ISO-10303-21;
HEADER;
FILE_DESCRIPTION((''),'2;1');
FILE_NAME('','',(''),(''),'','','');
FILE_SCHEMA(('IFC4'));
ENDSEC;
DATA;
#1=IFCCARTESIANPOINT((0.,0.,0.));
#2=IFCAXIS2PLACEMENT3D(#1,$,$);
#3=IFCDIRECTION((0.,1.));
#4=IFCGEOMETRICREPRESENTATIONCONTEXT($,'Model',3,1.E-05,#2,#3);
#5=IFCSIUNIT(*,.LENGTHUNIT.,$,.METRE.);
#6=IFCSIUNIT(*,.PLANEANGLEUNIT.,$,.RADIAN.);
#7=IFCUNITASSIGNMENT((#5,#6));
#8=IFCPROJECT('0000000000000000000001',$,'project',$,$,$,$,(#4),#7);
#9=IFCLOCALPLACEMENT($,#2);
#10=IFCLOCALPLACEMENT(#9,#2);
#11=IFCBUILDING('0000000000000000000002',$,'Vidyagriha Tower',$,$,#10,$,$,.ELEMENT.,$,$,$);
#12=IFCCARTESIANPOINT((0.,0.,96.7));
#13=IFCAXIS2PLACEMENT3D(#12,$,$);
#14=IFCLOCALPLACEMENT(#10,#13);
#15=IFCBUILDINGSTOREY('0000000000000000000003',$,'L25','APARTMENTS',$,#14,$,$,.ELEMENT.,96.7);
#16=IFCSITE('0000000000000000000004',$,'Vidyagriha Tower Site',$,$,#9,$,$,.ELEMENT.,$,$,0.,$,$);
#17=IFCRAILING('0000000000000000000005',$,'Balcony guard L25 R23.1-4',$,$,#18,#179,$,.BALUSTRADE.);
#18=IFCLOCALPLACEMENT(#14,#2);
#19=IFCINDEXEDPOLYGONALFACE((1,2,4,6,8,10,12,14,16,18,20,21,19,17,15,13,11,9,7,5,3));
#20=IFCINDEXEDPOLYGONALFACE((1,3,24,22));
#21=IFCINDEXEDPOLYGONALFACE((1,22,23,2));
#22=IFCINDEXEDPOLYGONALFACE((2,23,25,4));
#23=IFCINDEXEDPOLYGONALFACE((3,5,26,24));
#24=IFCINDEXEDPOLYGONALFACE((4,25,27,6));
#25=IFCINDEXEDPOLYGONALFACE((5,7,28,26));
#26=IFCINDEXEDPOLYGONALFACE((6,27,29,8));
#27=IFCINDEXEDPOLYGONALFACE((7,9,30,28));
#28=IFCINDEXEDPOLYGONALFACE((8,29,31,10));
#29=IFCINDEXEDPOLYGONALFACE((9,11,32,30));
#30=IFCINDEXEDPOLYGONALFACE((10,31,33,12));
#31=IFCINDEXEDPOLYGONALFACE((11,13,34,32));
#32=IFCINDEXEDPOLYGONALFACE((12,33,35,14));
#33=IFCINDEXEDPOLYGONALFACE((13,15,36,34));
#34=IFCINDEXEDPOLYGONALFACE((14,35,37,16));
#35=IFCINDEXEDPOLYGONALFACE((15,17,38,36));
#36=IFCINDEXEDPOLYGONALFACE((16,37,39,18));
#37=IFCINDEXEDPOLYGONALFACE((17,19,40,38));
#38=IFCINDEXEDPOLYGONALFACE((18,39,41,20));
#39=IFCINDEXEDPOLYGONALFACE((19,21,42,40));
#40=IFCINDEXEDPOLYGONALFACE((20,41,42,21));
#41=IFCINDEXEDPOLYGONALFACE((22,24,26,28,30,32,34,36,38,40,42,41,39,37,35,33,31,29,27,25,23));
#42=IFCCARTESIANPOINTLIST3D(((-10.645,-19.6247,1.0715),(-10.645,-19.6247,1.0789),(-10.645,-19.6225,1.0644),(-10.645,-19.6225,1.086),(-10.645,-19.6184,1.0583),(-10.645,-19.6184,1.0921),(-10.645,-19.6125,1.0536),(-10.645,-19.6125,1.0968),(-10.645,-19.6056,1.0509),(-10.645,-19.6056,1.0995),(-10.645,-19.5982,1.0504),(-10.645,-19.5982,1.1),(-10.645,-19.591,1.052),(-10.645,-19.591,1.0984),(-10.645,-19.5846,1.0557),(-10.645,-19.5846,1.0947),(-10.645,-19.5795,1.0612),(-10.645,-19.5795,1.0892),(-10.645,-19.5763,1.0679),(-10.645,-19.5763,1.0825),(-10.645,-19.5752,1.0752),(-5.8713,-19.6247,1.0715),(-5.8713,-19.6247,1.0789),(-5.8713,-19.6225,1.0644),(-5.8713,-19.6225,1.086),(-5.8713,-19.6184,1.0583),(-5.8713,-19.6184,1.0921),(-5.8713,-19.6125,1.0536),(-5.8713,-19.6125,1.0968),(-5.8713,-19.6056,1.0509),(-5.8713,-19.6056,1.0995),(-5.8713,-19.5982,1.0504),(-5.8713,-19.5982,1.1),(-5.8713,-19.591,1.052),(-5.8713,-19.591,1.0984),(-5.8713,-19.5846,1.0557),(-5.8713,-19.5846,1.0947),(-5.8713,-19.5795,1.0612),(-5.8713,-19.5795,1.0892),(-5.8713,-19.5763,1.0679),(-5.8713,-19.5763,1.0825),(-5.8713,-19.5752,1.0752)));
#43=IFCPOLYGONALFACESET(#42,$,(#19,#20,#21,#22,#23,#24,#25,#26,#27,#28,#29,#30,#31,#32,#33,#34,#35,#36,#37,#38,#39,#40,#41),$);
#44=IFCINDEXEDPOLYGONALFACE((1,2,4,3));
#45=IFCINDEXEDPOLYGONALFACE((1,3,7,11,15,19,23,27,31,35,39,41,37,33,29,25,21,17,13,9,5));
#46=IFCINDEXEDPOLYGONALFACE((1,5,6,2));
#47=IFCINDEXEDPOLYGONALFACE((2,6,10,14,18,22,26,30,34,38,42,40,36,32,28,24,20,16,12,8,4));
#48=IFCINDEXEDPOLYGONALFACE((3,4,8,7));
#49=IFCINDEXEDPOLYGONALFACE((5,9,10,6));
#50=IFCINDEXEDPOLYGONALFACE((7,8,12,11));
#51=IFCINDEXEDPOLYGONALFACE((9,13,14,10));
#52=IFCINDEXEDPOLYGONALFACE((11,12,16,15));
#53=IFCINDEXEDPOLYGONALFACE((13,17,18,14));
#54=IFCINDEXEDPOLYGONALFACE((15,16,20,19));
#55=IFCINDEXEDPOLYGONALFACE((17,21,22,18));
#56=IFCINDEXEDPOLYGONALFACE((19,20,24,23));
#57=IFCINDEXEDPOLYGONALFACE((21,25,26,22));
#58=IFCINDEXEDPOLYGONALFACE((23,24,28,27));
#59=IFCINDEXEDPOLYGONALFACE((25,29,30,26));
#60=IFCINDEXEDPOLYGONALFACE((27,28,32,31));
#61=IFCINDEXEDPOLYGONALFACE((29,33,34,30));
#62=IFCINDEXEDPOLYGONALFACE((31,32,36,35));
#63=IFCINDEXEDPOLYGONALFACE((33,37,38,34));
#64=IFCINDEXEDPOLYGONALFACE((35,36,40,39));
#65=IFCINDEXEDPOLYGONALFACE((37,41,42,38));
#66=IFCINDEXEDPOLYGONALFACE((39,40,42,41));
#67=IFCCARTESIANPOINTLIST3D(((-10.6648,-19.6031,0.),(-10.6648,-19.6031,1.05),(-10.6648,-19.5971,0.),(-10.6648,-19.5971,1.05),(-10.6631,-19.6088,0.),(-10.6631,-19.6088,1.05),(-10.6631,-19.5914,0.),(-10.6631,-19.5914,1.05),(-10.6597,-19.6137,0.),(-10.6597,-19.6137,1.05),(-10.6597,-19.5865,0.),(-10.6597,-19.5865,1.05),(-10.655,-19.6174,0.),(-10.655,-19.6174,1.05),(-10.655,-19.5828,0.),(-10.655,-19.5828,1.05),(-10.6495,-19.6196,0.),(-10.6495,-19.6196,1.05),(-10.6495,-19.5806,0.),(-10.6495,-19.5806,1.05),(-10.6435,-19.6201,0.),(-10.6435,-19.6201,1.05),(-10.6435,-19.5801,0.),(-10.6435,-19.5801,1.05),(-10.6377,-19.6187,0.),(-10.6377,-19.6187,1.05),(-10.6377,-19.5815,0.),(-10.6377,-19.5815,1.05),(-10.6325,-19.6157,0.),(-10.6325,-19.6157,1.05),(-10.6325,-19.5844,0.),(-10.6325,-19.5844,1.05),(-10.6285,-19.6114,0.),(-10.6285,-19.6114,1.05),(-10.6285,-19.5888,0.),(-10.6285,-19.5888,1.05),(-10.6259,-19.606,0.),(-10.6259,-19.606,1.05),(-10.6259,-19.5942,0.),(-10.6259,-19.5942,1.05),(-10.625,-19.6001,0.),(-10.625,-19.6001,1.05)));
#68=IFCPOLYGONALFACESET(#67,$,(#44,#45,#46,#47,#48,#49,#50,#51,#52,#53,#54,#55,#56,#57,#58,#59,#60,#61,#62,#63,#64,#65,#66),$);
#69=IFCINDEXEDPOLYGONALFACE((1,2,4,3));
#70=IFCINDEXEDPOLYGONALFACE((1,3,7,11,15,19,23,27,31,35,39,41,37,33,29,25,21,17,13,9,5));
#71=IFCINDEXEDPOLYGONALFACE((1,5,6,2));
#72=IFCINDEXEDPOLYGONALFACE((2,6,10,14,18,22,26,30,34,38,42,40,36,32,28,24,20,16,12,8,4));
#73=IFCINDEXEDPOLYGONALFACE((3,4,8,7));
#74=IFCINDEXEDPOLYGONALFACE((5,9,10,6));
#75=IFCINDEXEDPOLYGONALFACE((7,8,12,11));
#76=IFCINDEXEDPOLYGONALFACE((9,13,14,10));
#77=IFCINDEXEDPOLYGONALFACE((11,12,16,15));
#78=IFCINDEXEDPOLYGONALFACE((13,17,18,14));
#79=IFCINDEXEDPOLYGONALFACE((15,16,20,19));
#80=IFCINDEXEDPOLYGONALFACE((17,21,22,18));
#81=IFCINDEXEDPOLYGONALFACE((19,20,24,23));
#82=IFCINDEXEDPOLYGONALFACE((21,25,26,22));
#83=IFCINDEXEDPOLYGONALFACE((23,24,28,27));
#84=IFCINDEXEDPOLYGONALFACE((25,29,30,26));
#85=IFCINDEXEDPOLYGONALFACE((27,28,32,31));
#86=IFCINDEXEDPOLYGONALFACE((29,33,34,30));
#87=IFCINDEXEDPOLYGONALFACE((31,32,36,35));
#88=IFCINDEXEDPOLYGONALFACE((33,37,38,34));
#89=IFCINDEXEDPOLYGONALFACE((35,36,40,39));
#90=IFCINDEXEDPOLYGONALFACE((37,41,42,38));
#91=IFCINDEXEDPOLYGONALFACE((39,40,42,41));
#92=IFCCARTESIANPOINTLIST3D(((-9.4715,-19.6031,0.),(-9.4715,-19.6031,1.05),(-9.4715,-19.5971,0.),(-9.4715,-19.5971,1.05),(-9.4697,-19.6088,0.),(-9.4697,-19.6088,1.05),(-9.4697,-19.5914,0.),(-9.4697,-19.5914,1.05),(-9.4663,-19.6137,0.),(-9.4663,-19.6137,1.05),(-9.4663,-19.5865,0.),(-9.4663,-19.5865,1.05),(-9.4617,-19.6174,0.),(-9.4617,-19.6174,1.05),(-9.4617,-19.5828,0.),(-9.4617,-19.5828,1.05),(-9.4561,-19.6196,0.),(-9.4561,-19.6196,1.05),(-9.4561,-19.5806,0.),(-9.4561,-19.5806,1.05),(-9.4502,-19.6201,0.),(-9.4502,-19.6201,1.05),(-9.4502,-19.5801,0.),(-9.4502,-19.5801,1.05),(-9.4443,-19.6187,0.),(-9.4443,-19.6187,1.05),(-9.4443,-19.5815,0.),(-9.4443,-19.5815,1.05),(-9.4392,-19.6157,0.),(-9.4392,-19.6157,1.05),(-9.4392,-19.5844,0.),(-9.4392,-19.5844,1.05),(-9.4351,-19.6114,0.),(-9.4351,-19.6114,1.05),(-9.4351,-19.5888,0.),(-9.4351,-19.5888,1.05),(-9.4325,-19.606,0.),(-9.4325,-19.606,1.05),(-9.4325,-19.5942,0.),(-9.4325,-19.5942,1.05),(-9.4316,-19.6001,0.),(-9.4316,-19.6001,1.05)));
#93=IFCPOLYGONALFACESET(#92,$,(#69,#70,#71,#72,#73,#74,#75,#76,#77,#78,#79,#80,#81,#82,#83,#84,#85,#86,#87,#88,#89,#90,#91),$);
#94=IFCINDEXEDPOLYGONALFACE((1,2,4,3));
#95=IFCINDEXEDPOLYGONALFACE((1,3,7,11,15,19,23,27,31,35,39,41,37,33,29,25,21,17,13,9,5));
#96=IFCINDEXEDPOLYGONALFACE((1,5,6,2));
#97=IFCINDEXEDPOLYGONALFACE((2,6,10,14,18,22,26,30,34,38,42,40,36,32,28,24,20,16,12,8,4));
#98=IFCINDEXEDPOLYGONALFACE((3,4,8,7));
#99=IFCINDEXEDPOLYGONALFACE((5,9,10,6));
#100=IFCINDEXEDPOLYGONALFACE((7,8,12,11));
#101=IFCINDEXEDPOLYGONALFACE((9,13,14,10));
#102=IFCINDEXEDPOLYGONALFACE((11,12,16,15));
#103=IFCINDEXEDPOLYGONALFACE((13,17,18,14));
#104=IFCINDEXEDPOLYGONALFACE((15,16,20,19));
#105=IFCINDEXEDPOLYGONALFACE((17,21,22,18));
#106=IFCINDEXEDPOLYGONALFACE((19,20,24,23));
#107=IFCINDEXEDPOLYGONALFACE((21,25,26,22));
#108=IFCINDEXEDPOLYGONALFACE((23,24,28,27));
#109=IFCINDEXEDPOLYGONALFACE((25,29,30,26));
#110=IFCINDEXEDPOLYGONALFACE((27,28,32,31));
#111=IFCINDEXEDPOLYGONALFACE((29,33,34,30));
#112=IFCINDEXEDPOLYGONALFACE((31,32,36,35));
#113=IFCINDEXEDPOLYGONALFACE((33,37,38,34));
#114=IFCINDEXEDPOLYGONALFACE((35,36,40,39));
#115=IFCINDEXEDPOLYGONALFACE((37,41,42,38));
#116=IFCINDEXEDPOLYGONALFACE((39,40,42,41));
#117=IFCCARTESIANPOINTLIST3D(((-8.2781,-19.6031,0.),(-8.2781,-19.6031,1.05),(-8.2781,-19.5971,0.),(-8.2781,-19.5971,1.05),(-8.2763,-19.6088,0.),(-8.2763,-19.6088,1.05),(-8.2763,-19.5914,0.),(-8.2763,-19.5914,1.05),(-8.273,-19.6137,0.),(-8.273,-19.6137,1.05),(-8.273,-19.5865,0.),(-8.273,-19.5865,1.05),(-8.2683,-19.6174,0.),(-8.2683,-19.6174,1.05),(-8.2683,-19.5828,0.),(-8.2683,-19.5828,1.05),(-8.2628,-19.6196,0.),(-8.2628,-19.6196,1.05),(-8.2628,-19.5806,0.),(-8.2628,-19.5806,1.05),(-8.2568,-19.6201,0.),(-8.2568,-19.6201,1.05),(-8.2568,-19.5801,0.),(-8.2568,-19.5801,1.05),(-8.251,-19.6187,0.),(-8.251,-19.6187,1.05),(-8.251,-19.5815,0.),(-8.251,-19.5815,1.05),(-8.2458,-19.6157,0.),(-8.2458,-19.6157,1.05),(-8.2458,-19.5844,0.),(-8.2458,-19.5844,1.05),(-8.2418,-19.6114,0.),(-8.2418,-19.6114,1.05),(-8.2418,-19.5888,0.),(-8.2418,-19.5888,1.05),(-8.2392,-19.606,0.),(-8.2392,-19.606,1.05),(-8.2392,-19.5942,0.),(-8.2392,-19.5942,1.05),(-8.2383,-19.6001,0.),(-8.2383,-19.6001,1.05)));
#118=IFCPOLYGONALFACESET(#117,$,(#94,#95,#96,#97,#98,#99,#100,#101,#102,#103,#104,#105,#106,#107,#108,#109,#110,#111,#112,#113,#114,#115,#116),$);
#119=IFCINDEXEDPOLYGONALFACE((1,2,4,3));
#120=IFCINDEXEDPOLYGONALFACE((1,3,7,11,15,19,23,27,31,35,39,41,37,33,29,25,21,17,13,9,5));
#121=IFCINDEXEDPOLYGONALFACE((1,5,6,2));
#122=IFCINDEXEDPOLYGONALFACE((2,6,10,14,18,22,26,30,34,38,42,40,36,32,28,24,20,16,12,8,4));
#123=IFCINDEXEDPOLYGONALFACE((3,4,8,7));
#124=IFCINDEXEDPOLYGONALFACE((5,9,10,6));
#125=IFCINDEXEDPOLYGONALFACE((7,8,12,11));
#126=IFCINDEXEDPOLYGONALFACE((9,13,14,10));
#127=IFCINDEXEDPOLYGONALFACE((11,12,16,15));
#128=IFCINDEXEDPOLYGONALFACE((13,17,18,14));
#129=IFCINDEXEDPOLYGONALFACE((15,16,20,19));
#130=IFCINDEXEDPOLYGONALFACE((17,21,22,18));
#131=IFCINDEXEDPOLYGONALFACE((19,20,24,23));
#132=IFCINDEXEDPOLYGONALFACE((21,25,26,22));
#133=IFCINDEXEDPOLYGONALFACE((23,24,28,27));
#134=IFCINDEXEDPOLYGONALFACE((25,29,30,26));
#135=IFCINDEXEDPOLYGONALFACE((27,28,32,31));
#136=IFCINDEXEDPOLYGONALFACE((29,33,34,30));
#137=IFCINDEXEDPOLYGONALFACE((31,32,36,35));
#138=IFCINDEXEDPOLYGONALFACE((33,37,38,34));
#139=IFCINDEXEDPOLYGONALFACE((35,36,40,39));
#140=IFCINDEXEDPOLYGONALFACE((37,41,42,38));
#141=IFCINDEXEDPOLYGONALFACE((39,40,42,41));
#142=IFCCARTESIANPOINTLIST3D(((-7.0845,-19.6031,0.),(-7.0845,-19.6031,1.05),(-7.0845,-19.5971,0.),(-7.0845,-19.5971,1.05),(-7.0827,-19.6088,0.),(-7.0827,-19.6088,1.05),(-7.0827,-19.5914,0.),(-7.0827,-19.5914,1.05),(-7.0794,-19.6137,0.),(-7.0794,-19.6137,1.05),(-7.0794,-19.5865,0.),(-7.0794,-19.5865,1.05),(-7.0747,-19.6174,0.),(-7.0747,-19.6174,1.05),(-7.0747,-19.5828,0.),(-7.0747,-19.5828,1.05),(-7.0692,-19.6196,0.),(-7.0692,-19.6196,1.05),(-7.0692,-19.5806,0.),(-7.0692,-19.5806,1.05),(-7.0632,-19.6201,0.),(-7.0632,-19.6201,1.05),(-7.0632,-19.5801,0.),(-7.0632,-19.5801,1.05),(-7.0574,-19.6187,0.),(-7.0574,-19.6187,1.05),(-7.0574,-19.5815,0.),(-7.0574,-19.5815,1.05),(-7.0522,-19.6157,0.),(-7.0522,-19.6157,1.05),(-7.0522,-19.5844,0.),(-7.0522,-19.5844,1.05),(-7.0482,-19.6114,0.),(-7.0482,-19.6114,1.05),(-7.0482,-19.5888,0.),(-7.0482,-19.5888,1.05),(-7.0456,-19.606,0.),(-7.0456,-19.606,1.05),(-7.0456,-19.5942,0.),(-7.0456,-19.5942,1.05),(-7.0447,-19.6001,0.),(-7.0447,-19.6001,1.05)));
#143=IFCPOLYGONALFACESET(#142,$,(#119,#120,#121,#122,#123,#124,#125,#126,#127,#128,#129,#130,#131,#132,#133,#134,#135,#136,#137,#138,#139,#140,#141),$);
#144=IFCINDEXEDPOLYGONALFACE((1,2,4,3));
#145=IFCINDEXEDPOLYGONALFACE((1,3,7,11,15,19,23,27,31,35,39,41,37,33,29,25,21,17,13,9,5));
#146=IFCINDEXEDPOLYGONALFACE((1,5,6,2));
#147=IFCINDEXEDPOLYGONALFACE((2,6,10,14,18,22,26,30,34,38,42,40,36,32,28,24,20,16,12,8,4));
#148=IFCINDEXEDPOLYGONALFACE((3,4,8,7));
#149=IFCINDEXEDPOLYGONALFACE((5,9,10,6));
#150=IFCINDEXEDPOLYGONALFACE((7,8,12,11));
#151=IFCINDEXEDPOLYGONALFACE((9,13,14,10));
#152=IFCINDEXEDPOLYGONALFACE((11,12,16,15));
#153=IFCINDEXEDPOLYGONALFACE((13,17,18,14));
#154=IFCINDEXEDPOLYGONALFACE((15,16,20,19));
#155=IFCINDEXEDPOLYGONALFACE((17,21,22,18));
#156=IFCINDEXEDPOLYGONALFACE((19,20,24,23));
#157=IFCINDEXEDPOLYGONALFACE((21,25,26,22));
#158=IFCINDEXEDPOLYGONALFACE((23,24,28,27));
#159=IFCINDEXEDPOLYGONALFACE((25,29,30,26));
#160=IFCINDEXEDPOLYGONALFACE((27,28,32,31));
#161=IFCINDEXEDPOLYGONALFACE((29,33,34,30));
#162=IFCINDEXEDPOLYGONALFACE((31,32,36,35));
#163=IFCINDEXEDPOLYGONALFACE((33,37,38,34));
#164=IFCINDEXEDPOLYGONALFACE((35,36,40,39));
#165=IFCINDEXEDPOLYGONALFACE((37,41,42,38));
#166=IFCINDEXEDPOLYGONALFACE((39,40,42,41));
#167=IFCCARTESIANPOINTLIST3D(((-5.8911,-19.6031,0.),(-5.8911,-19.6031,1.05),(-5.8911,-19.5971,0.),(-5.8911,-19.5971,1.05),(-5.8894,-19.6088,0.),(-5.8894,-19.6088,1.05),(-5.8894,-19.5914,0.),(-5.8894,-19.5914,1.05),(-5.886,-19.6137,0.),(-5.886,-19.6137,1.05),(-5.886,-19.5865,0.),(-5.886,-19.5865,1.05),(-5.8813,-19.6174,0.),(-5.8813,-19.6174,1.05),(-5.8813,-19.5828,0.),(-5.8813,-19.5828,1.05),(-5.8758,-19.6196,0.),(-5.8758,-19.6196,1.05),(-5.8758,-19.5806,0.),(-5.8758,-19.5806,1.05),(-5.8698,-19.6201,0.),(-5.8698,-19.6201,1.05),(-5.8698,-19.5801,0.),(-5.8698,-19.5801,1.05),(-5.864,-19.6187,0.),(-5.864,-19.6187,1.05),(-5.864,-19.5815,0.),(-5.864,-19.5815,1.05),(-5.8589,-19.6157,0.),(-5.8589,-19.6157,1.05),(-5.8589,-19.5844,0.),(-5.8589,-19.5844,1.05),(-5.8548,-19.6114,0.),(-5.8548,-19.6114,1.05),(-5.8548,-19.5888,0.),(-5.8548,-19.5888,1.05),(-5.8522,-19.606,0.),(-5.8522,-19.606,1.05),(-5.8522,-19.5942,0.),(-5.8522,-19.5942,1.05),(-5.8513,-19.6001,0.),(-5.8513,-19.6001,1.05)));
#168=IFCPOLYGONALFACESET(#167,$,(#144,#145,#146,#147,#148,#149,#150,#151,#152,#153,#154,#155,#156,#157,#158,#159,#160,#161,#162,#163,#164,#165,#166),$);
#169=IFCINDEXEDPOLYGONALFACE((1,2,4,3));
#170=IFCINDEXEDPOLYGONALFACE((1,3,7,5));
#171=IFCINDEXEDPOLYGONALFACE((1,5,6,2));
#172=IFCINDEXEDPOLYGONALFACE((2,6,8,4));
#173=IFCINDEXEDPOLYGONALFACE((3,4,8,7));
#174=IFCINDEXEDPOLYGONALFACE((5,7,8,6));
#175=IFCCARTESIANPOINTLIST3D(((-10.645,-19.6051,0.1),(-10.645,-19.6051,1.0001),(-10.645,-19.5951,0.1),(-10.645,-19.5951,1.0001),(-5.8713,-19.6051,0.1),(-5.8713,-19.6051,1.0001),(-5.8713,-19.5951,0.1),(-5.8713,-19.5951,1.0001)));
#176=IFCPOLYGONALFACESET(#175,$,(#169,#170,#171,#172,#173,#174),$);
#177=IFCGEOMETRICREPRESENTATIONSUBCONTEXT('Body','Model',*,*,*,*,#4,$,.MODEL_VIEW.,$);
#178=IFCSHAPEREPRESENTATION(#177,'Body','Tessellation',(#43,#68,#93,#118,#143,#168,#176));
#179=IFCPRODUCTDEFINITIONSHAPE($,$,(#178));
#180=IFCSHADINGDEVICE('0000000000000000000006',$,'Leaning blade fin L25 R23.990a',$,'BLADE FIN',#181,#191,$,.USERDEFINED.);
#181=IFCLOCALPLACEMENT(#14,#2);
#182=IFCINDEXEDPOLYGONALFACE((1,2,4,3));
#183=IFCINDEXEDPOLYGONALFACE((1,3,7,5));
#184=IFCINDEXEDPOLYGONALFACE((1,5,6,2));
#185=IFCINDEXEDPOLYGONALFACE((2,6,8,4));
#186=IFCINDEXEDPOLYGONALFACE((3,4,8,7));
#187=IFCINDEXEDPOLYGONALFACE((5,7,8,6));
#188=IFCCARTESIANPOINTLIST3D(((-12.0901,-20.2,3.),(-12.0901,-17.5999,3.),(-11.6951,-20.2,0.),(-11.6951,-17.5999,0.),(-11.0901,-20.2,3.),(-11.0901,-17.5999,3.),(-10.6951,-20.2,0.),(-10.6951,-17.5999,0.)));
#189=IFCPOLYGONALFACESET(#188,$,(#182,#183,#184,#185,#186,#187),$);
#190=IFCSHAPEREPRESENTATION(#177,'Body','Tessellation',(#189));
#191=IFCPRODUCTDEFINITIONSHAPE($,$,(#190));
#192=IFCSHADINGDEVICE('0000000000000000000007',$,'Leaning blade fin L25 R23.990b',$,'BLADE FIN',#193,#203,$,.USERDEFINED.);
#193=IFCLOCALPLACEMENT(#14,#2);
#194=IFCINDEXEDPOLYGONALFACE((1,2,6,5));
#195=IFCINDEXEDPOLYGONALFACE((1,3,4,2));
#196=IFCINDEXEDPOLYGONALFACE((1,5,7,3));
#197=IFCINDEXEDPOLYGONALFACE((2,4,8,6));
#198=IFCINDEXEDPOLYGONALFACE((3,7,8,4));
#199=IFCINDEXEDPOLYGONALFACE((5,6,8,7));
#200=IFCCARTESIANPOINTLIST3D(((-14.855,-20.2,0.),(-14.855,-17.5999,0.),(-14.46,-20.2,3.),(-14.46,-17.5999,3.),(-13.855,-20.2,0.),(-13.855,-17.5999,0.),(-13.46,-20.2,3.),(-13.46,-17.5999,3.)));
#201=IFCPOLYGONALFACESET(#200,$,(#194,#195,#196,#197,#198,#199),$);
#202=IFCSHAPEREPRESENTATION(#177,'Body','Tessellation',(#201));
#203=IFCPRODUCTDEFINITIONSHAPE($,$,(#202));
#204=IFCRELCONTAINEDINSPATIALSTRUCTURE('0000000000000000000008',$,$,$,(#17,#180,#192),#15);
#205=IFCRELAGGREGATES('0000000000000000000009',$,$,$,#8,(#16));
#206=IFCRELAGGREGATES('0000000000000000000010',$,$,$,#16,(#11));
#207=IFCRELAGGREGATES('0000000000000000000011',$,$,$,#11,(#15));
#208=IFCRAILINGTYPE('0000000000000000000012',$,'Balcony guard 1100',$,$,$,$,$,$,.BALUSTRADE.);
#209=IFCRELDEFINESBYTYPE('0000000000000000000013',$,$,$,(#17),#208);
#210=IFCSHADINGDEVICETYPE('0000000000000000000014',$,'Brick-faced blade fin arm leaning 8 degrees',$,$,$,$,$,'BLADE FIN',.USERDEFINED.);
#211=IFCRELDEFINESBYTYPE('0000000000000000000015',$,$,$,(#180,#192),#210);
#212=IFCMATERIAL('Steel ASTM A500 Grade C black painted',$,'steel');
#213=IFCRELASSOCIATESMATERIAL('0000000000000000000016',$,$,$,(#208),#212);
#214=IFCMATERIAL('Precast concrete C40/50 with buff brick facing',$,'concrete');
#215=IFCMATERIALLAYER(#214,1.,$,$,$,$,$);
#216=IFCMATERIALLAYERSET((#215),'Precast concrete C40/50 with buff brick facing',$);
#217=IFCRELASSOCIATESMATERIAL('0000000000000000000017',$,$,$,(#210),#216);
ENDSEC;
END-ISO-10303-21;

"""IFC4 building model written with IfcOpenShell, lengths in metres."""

from ifc_helpers import new_model, si_unit, direction, frame, origin, origin_2d, place, context, subcontext, project, spatial, polyline, rectangle, circle, outline, extrude, material, layer, layer_set, type_object, element, save


model = new_model("IFC4")

# Units and contexts
model_context = context("Model", 3, precision=1e-05, world=origin(), true_north=direction((0.0, 1.0)))
body_context = subcontext(model_context, "Body", "Model", "MODEL_VIEW")
ifc_project = project(units=[si_unit("LENGTHUNIT", "METRE"), si_unit("PLANEANGLEUNIT", "RADIAN")], contexts=[model_context])

# Site, building, storey
site_placement = place(None, origin())
site = spatial("IfcSite", under=ifc_project, at=site_placement, Name="Vidyagriha Tower Site", CompositionType="ELEMENT", RefElevation=0.0)
building_placement = place(site_placement, origin())
building = spatial("IfcBuilding", under=site, at=building_placement, Name="Vidyagriha Tower", CompositionType="ELEMENT")
storey_placement = place(building_placement, frame((0.0, 0.0, 96.7)))
storey = spatial("IfcBuildingStorey", under=building, at=storey_placement, Name="L25", Description="APARTMENTS", CompositionType="ELEMENT", Elevation=96.7)

# Railing
ifc_material_1 = material(Name="Steel ASTM A500 Grade C black painted", Category="steel")
railing_type = type_object("IfcRailingType", Name="Balcony guard 1100", PredefinedType="BALUSTRADE", material=ifc_material_1)
railing_1_placement = place(storey_placement, frame((-10.645, -19.6001, 0.0)))
element("IfcRailing", 1, at=railing_1_placement, inside=storey, type_object=railing_type, Name="Balcony guard L25 R23.1-4", PredefinedType="BALUSTRADE", context=body_context, shape_type="SweptSolid", body=[
    extrude(circle(Radius=0.0249, at=origin_2d()), frame((0.0, 0.0, 1.0752), z_axis=(1.0, 0.0, 0.0), x_axis=(0.0, 1.0, 0.0)), (0.0, 0.0, 1.0), 4.7737),
    extrude(circle(Radius=0.02, at=origin_2d()), origin(), (0.0, 0.0, 1.0), 1.05),
    extrude(circle(Radius=0.02, at=origin_2d()), frame((1.1934, 0.0, 0.0)), (0.0, 0.0, 1.0), 1.05),
    extrude(circle(Radius=0.02, at=origin_2d()), frame((2.3867, 0.0, 0.0)), (0.0, 0.0, 1.0), 1.05),
    extrude(circle(Radius=0.02, at=origin_2d()), frame((3.5803, 0.0, 0.0)), (0.0, 0.0, 1.0), 1.05),
    extrude(circle(Radius=0.02, at=origin_2d()), frame((4.7737, 0.0, 0.0)), (0.0, 0.0, 1.0), 1.05),
    extrude(rectangle(XDim=0.01, YDim=0.9001, at=origin_2d()), frame((0.0, 0.0, 0.55), z_axis=(1.0, 0.0, 0.0), x_axis=(0.0, 1.0, 0.0)), (0.0, 0.0, 1.0), 4.7737),
])

# Shading devices
ifc_material_2 = material(Name="Precast concrete C40/50 with buff brick facing", Category="concrete")
ifc_layer_1 = layer(ifc_material_2, 1.0)
ifc_layer_set_1 = layer_set([ifc_layer_1], Name="Precast concrete C40/50 with buff brick facing")
shading_device_type_1 = type_object("IfcShadingDeviceType", Name="Brick-faced blade fin arm leaning 8 degrees", ElementType="BLADE FIN", PredefinedType="USERDEFINED", material=ifc_layer_set_1)
shading_device_1_placement = place(storey_placement, frame((-12.0901, -18.8999, 0.0)))
element("IfcShadingDevice", 2, at=shading_device_1_placement, inside=storey, type_object=shading_device_type_1, Name="Leaning blade fin L25 R23.990a", ObjectType="BLADE FIN", PredefinedType="USERDEFINED", context=body_context, shape_type="SweptSolid", body=[
    extrude(outline(polyline([(0.395, 0.0), (1.395, 0.0), (1.0, 3.0), (0.0, 3.0), (0.395, 0.0)])), frame((0.0, 1.3, 0.0), z_axis=(0.0, -1.0, 0.0), x_axis=(1.0, 0.0, 0.0)), (0.0, 0.0, 1.0), 2.6001),
])
shading_device_2_placement = place(storey_placement, frame((-14.855, -18.8999, 0.0)))
element("IfcShadingDevice", 3, at=shading_device_2_placement, inside=storey, type_object=shading_device_type_1, Name="Leaning blade fin L25 R23.990b", ObjectType="BLADE FIN", PredefinedType="USERDEFINED", context=body_context, shape_type="SweptSolid", body=[
    extrude(outline(polyline([(0.0, 0.0), (1.0, 0.0), (1.395, 3.0), (0.395, 3.0), (0.0, 0.0)])), frame((0.0, 1.3, 0.0), z_axis=(0.0, -1.0, 0.0), x_axis=(1.0, 0.0, 0.0)), (0.0, 0.0, 1.0), 2.6001),
])

save(model, "model.ifc")
